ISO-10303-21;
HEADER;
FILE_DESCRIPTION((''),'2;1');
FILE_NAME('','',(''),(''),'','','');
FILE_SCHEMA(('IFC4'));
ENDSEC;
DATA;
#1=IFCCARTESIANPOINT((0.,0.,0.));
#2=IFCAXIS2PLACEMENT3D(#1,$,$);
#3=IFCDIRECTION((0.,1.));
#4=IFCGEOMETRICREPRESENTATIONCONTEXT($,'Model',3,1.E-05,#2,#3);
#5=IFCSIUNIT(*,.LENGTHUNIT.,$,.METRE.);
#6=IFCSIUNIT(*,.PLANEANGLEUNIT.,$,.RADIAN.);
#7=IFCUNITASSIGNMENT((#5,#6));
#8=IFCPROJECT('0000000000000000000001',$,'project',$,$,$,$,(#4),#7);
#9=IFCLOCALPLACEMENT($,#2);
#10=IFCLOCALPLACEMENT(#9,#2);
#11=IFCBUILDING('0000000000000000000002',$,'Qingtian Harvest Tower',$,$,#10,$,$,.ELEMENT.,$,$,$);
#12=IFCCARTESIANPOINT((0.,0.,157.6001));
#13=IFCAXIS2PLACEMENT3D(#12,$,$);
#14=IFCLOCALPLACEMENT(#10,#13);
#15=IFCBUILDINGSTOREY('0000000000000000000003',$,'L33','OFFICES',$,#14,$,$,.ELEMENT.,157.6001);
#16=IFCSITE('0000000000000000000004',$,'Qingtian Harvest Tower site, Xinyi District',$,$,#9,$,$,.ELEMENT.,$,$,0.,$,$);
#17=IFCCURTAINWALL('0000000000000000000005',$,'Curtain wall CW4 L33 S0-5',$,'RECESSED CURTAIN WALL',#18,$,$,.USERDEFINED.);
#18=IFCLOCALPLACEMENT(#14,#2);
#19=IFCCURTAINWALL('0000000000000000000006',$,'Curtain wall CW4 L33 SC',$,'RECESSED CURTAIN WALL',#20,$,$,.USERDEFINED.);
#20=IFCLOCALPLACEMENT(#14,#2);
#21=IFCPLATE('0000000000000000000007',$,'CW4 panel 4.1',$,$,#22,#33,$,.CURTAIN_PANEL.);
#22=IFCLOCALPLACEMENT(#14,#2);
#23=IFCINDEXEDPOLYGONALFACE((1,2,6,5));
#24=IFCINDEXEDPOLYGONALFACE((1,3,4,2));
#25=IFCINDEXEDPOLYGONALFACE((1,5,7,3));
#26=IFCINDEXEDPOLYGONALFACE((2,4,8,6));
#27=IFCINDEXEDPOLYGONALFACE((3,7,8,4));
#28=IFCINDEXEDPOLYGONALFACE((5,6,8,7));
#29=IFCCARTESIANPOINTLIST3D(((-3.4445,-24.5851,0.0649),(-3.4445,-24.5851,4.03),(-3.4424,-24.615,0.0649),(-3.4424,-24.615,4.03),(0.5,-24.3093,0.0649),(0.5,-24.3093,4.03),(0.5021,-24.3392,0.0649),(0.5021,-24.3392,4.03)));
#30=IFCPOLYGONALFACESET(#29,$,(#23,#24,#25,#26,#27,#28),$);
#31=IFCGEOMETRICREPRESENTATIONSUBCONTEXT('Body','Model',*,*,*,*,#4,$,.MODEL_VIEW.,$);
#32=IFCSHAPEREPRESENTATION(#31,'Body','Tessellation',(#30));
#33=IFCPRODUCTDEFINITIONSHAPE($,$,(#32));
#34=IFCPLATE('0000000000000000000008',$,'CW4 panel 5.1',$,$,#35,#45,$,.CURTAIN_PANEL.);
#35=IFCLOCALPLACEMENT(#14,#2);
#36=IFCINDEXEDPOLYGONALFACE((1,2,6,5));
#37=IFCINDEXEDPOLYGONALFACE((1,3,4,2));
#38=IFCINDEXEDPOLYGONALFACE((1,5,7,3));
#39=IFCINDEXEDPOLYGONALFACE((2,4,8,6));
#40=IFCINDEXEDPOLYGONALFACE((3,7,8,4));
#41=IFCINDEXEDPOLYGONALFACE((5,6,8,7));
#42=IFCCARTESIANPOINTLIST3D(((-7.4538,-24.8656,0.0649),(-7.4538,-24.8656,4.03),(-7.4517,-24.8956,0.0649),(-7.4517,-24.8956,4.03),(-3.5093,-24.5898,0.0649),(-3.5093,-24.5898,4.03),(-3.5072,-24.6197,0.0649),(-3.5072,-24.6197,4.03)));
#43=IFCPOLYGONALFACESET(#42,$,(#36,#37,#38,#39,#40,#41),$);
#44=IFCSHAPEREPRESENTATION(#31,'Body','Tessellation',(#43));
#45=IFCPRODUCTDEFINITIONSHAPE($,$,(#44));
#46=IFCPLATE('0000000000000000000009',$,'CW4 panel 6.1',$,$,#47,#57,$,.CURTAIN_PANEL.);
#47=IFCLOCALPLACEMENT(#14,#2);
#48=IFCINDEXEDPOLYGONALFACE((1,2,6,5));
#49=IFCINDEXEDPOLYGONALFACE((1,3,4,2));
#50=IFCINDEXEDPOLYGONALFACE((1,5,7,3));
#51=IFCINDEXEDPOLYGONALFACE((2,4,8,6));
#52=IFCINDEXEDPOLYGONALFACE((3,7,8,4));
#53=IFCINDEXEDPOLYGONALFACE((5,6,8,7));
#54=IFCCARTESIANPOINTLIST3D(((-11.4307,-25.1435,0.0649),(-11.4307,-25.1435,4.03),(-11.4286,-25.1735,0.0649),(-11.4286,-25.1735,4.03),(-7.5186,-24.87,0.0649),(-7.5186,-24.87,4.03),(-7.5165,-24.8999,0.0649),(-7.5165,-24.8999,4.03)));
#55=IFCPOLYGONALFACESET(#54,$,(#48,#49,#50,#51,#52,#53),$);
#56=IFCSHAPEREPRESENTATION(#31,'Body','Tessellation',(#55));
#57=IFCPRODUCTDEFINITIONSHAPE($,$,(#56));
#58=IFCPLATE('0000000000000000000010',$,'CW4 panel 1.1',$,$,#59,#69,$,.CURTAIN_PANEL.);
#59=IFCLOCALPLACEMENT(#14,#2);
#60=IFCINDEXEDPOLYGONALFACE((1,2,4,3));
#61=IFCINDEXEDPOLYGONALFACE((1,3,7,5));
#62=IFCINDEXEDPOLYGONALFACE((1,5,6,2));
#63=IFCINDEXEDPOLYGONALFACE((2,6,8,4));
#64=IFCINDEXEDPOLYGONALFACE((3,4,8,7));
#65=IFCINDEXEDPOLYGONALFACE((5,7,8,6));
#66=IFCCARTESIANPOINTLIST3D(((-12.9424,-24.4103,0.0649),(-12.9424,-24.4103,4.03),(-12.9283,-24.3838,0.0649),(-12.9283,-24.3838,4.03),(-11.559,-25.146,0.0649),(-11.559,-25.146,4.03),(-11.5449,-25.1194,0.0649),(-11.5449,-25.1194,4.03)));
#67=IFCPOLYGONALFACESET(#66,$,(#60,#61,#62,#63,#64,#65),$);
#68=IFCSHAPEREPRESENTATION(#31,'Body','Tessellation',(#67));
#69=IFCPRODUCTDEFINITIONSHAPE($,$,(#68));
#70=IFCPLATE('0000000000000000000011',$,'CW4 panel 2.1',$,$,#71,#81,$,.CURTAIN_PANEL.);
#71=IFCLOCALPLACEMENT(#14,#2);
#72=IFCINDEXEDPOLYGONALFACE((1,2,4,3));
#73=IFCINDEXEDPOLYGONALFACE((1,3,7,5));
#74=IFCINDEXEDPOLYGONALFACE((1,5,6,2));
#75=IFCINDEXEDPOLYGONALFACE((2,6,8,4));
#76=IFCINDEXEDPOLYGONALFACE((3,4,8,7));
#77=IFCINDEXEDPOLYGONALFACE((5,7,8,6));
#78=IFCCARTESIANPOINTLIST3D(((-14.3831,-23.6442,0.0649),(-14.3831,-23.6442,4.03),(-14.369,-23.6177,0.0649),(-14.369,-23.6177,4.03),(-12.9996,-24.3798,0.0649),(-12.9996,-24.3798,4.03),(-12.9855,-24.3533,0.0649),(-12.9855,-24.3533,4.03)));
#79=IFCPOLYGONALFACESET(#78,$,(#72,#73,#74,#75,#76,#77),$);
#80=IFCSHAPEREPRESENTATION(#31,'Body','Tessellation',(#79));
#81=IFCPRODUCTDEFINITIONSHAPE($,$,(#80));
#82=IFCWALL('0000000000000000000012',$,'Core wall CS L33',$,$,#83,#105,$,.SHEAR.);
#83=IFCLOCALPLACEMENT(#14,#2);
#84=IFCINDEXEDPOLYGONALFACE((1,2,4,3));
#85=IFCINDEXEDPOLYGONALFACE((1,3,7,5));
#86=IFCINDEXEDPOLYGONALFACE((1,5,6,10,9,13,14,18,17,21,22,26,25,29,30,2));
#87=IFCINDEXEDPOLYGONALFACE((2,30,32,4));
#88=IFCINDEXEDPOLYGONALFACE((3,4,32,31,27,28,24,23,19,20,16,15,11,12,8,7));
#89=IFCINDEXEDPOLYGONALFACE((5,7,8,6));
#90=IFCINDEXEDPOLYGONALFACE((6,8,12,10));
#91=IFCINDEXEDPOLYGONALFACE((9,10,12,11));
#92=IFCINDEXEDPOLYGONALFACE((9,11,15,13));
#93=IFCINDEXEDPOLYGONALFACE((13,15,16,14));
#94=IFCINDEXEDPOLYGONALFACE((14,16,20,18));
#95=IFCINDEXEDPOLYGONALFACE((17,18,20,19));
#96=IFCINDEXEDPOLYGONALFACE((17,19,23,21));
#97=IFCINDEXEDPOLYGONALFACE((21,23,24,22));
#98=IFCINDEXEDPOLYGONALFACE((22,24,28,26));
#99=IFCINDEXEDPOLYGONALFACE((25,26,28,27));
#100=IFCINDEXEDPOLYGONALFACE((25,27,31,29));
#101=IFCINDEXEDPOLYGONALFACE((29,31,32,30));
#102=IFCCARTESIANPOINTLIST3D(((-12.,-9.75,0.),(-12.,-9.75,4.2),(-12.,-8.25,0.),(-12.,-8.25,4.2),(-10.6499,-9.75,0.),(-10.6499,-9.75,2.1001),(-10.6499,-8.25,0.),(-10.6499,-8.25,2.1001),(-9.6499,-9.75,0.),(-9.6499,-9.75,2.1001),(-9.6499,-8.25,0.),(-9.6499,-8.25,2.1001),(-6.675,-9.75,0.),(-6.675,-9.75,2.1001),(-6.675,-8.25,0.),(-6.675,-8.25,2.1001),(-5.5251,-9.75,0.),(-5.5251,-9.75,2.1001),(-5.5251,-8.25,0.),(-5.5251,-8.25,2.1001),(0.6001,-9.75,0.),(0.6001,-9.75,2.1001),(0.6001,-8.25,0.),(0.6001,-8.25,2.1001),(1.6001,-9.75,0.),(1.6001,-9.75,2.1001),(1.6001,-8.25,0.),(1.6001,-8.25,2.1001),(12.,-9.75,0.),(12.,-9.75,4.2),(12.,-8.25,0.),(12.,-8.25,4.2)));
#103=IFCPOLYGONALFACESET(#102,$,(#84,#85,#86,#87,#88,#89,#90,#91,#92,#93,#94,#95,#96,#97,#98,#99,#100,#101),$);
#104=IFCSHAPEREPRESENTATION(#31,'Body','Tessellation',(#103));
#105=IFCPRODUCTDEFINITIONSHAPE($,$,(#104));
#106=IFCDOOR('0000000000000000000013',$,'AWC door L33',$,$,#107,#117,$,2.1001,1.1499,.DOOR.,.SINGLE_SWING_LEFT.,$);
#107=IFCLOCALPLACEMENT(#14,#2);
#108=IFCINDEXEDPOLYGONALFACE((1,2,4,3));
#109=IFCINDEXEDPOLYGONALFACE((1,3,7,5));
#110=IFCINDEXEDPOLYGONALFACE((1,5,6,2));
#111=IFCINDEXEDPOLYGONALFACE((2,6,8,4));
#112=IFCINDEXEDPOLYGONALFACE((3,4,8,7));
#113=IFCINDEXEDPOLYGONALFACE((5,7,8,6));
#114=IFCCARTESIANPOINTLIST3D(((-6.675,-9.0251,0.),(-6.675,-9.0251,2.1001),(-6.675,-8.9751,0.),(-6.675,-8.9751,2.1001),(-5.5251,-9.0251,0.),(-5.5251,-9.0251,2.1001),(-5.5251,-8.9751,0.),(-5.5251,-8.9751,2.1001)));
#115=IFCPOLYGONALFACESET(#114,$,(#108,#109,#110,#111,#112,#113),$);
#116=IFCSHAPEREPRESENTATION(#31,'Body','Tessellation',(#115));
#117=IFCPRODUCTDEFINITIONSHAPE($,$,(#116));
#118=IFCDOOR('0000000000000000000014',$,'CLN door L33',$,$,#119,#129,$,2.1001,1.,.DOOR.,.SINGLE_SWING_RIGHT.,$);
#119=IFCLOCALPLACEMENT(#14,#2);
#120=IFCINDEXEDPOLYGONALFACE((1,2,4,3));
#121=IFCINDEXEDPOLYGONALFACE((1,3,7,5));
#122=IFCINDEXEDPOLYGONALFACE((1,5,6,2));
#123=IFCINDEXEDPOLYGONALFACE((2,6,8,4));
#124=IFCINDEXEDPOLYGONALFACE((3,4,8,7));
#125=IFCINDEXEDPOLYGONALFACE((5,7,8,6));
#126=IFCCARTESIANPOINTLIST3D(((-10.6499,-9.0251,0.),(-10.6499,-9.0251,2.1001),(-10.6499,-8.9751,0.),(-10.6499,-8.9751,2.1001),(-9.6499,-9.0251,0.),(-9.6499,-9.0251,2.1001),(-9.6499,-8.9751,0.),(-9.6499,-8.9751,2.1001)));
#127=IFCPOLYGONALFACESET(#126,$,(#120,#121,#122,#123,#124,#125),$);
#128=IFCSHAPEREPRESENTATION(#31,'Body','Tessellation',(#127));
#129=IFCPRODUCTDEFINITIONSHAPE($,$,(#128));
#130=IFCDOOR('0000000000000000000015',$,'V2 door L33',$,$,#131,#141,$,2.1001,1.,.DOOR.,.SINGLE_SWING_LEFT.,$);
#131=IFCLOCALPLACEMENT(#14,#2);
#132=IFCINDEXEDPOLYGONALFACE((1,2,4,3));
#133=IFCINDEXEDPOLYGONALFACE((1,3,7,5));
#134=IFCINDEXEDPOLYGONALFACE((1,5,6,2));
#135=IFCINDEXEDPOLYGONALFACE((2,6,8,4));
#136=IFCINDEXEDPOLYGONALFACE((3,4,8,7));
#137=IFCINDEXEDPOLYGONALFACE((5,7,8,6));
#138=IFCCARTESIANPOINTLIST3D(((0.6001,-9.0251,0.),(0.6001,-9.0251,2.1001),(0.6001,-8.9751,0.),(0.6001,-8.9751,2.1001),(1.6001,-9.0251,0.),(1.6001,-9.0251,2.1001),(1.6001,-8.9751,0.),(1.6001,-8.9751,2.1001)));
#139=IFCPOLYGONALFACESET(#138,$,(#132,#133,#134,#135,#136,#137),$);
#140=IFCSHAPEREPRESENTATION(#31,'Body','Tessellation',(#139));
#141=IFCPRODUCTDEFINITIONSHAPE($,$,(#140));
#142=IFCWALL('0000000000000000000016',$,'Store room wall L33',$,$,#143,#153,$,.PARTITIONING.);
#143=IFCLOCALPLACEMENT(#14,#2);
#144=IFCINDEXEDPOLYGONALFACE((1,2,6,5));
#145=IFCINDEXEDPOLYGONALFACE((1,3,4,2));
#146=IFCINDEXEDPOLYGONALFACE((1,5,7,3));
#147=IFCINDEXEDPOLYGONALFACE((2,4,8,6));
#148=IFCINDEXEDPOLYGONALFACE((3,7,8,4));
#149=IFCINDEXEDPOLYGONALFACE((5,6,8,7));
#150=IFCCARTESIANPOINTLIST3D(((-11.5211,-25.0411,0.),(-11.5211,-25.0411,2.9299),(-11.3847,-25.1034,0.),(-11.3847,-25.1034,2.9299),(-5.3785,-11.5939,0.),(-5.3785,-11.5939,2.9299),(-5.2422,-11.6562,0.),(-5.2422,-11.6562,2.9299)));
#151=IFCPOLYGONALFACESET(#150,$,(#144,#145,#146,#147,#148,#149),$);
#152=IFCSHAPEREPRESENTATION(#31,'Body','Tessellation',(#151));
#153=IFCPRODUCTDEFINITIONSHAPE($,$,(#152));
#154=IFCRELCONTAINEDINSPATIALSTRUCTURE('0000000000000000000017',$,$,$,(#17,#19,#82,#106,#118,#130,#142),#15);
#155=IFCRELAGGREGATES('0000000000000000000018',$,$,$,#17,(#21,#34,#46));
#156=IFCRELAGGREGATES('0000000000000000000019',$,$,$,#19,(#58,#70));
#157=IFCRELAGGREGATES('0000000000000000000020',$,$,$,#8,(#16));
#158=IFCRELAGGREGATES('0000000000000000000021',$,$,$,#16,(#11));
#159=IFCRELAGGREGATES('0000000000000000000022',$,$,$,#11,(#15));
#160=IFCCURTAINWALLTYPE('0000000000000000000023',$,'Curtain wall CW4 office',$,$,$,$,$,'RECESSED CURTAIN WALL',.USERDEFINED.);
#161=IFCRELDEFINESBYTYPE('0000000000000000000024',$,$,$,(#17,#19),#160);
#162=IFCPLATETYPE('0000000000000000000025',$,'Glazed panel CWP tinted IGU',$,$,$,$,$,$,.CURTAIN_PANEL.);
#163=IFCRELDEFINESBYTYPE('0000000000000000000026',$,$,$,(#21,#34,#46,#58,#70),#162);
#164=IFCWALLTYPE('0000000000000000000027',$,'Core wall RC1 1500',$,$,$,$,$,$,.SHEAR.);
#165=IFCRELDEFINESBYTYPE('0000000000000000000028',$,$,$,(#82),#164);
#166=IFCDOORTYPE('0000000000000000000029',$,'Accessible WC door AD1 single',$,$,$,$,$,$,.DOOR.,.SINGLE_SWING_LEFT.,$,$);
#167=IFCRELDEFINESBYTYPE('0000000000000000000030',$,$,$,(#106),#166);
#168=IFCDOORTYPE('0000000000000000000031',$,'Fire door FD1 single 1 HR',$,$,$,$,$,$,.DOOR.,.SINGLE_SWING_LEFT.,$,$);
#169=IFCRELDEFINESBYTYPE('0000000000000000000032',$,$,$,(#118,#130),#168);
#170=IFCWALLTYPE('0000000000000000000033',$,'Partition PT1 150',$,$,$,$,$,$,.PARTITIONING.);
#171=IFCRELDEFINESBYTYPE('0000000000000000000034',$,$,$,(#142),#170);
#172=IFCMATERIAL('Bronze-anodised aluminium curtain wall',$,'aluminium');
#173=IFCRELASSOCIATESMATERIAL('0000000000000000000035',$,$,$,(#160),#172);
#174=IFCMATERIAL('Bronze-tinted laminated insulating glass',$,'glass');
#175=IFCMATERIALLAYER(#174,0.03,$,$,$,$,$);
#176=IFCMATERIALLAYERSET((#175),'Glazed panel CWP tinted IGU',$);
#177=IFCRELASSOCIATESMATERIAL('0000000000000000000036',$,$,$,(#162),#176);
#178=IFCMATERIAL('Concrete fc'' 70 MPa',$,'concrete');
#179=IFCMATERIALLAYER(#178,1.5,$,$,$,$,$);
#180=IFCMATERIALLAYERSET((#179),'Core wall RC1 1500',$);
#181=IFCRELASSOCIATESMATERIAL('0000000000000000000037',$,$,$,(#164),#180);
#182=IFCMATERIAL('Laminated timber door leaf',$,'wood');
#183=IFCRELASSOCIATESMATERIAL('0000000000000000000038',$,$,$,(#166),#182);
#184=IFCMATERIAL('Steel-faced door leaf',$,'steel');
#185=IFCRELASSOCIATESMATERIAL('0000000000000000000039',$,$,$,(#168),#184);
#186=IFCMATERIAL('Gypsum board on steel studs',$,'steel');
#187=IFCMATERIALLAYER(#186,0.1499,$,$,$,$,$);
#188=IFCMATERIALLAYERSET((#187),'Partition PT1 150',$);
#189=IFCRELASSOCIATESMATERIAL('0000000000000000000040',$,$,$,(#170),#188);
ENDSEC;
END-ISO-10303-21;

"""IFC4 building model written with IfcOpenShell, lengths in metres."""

from ifc_helpers import new_model, si_unit, direction, frame, frame_2d, origin, origin_2d, place, context, subcontext, project, spatial, rectangle, extrude, material, layer, layer_set, type_object, element, fill, aggregate, save


model = new_model("IFC4")

# Units and contexts
model_context = context("Model", 3, precision=1e-05, world=origin(), true_north=direction((0.0, 1.0)))
body_context = subcontext(model_context, "Body", "Model", "MODEL_VIEW")
ifc_project = project(units=[si_unit("LENGTHUNIT", "METRE"), si_unit("PLANEANGLEUNIT", "RADIAN")], contexts=[model_context])

# Site, building, storey
site_placement = place(None, origin())
site = spatial("IfcSite", under=ifc_project, at=site_placement, Name="Qingtian Harvest Tower site, Xinyi District", CompositionType="ELEMENT", RefElevation=0.0)
building_placement = place(site_placement, origin())
building = spatial("IfcBuilding", under=site, at=building_placement, Name="Qingtian Harvest Tower", CompositionType="ELEMENT")
storey_placement = place(building_placement, frame((0.0, 0.0, 157.6001)))
storey = spatial("IfcBuildingStorey", under=building, at=storey_placement, Name="L33", Description="OFFICES", CompositionType="ELEMENT", Elevation=157.6001)

# Curtain walls
ifc_material_1 = material(Name="Bronze-anodised aluminium curtain wall", Category="aluminium")
curtain_wall_type = type_object("IfcCurtainWallType", Name="Curtain wall CW4 office", ElementType="RECESSED CURTAIN WALL", PredefinedType="USERDEFINED", material=ifc_material_1)
curtain_wall_1_placement = place(storey_placement, origin())
curtain_wall_1 = element("IfcCurtainWall", 1, at=curtain_wall_1_placement, inside=storey, type_object=curtain_wall_type, Name="Curtain wall CW4 L33 S0-5", ObjectType="RECESSED CURTAIN WALL", PredefinedType="USERDEFINED")
curtain_wall_2_placement = place(storey_placement, origin())
curtain_wall_2 = element("IfcCurtainWall", 2, at=curtain_wall_2_placement, inside=storey, type_object=curtain_wall_type, Name="Curtain wall CW4 L33 SC", ObjectType="RECESSED CURTAIN WALL", PredefinedType="USERDEFINED")

# Plates
ifc_material_2 = material(Name="Bronze-tinted laminated insulating glass", Category="glass")
ifc_layer_1 = layer(ifc_material_2, 0.03)
ifc_layer_set_1 = layer_set([ifc_layer_1], Name="Glazed panel CWP tinted IGU")
plate_type = type_object("IfcPlateType", Name="Glazed panel CWP tinted IGU", PredefinedType="CURTAIN_PANEL", material=ifc_layer_set_1)
plate_1_placement = place(storey_placement, frame((-1.4712, -24.4622, 0.0649), z_axis=(0.0, 0.0, 1.0), x_axis=(-0.997564, -0.069756, 0.0)))
plate_1 = element("IfcPlate", 3, at=plate_1_placement, type_object=plate_type, Name="CW4 panel 4.1", PredefinedType="CURTAIN_PANEL", context=body_context, shape_type="SweptSolid", body=[
    extrude(rectangle(XDim=3.9541, YDim=0.03, at=origin_2d()), origin(), (0.0, 0.0, 1.0), 3.9651),
])
plate_2_placement = place(storey_placement, frame((-5.4805, -24.7427, 0.0649), z_axis=(0.0, 0.0, 1.0), x_axis=(-0.997564, -0.069756, 0.0)))
plate_2 = element("IfcPlate", 4, at=plate_2_placement, type_object=plate_type, Name="CW4 panel 5.1", PredefinedType="CURTAIN_PANEL", context=body_context, shape_type="SweptSolid", body=[
    extrude(rectangle(XDim=3.9541, YDim=0.03, at=origin_2d()), origin(), (0.0, 0.0, 1.0), 3.9651),
])
plate_3_placement = place(storey_placement, frame((-9.4736, -25.0217, 0.0649), z_axis=(0.0, 0.0, 1.0), x_axis=(-0.997564, -0.069756, 0.0)))
plate_3 = element("IfcPlate", 5, at=plate_3_placement, type_object=plate_type, Name="CW4 panel 6.1", PredefinedType="CURTAIN_PANEL", context=body_context, shape_type="SweptSolid", body=[
    extrude(rectangle(XDim=3.9216, YDim=0.03, at=origin_2d()), origin(), (0.0, 0.0, 1.0), 3.9651),
])
aggregate(curtain_wall_1, [plate_1, plate_2, plate_3])
plate_4_placement = place(storey_placement, frame((-12.2437, -24.7649, 0.0649), z_axis=(0.0, 0.0, 1.0), x_axis=(-0.882948, 0.469472, 0.0)))
plate_4 = element("IfcPlate", 6, at=plate_4_placement, type_object=plate_type, Name="CW4 panel 1.1", PredefinedType="CURTAIN_PANEL", context=body_context, shape_type="SweptSolid", body=[
    extrude(rectangle(XDim=1.5669, YDim=0.03, at=origin_2d()), origin(), (0.0, 0.0, 1.0), 3.9651),
])
plate_5_placement = place(storey_placement, frame((-13.6843, -23.9988, 0.0649), z_axis=(0.0, 0.0, 1.0), x_axis=(-0.882948, 0.469472, 0.0)))
plate_5 = element("IfcPlate", 7, at=plate_5_placement, type_object=plate_type, Name="CW4 panel 2.1", PredefinedType="CURTAIN_PANEL", context=body_context, shape_type="SweptSolid", body=[
    extrude(rectangle(XDim=1.5669, YDim=0.03, at=origin_2d()), origin(), (0.0, 0.0, 1.0), 3.9651),
])
aggregate(curtain_wall_2, [plate_4, plate_5])

# Wall, openings, doors
ifc_material_3 = material(Name="Concrete fc' 70 MPa", Category="concrete")
ifc_layer_2 = layer(ifc_material_3, 1.5)
ifc_layer_set_2 = layer_set([ifc_layer_2], Name="Core wall RC1 1500")
wall_type_1 = type_object("IfcWallType", Name="Core wall RC1 1500", PredefinedType="SHEAR", material=ifc_layer_set_2)
wall_1_placement = place(storey_placement, frame((-12.0, -9.0, 0.0), z_axis=(0.0, 0.0, 1.0), x_axis=(1.0, 0.0, 0.0)))
wall_1 = element("IfcWall", 8, at=wall_1_placement, inside=storey, type_object=wall_type_1, Name="Core wall CS L33", PredefinedType="SHEAR", context=body_context, shape_type="SweptSolid", body=[
    extrude(rectangle(XDim=24.0, YDim=1.5, at=frame_2d((12.0, 0.0))), origin(), (0.0, 0.0, 1.0), 4.2),
])
opening_1_placement = place(wall_1_placement, frame((1.3501, 0.0, 0.0)))
opening_1 = element("IfcOpeningElement", 9, at=opening_1_placement, cuts=wall_1, PredefinedType="OPENING", context=body_context, shape_type="SweptSolid", body=[
    extrude(rectangle(XDim=1.0, YDim=2.1001, at=frame_2d((0.5, 1.05))), frame((0.0, 0.76, 0.0), z_axis=(0.0, -1.0, 0.0), x_axis=(1.0, 0.0, 0.0)), (0.0, 0.0, 1.0), 1.52),
])
opening_2_placement = place(wall_1_placement, frame((5.325, 0.0, 0.0)))
opening_2 = element("IfcOpeningElement", 10, at=opening_2_placement, cuts=wall_1, PredefinedType="OPENING", context=body_context, shape_type="SweptSolid", body=[
    extrude(rectangle(XDim=1.1499, YDim=2.1001, at=frame_2d((0.575, 1.05))), frame((0.0, 0.76, 0.0), z_axis=(0.0, -1.0, 0.0), x_axis=(1.0, 0.0, 0.0)), (0.0, 0.0, 1.0), 1.52),
])
opening_3_placement = place(wall_1_placement, frame((12.6001, 0.0, 0.0)))
opening_3 = element("IfcOpeningElement", 11, at=opening_3_placement, cuts=wall_1, PredefinedType="OPENING", context=body_context, shape_type="SweptSolid", body=[
    extrude(rectangle(XDim=1.0, YDim=2.1001, at=frame_2d((0.5, 1.05))), frame((0.0, 0.76, 0.0), z_axis=(0.0, -1.0, 0.0), x_axis=(1.0, 0.0, 0.0)), (0.0, 0.0, 1.0), 1.52),
])
ifc_material_4 = material(Name="Laminated timber door leaf", Category="wood")
door_type_1 = type_object("IfcDoorType", Name="Accessible WC door AD1 single", OperationType="SINGLE_SWING_LEFT", PredefinedType="DOOR", material=ifc_material_4)
door_1_placement = place(opening_2_placement, origin())
door_1 = element("IfcDoor", 12, at=door_1_placement, inside=storey, type_object=door_type_1, Name="AWC door L33", OperationType="SINGLE_SWING_LEFT", OverallHeight=2.1001, OverallWidth=1.1499, PredefinedType="DOOR", context=body_context, shape_type="SweptSolid", body=[
    extrude(rectangle(XDim=1.1499, YDim=2.1001, at=frame_2d((0.575, 1.05))), frame((0.0, 0.0249, 0.0), z_axis=(0.0, -1.0, 0.0), x_axis=(1.0, 0.0, 0.0)), (0.0, 0.0, 1.0), 0.05),
])
fill(opening_2, door_1)
ifc_material_5 = material(Name="Steel-faced door leaf", Category="steel")
door_type_2 = type_object("IfcDoorType", Name="Fire door FD1 single 1 HR", OperationType="SINGLE_SWING_LEFT", PredefinedType="DOOR", material=ifc_material_5)
door_2_placement = place(opening_1_placement, origin())
door_2 = element("IfcDoor", 13, at=door_2_placement, inside=storey, type_object=door_type_2, Name="CLN door L33", OperationType="SINGLE_SWING_RIGHT", OverallHeight=2.1001, OverallWidth=1.0, PredefinedType="DOOR", context=body_context, shape_type="SweptSolid", body=[
    extrude(rectangle(XDim=1.0, YDim=2.1001, at=frame_2d((0.5, 1.05))), frame((0.0, 0.0249, 0.0), z_axis=(0.0, -1.0, 0.0), x_axis=(1.0, 0.0, 0.0)), (0.0, 0.0, 1.0), 0.05),
])
fill(opening_1, door_2)
door_3_placement = place(opening_3_placement, origin())
door_3 = element("IfcDoor", 14, at=door_3_placement, inside=storey, type_object=door_type_2, Name="V2 door L33", OperationType="SINGLE_SWING_LEFT", OverallHeight=2.1001, OverallWidth=1.0, PredefinedType="DOOR", context=body_context, shape_type="SweptSolid", body=[
    extrude(rectangle(XDim=1.0, YDim=2.1001, at=frame_2d((0.5, 1.05))), frame((0.0, 0.0249, 0.0), z_axis=(0.0, -1.0, 0.0), x_axis=(1.0, 0.0, 0.0)), (0.0, 0.0, 1.0), 0.05),
])
fill(opening_3, door_3)

# Wall
ifc_material_6 = material(Name="Gypsum board on steel studs", Category="steel")
ifc_layer_3 = layer(ifc_material_6, 0.1499)
ifc_layer_set_3 = layer_set([ifc_layer_3], Name="Partition PT1 150")
wall_type_2 = type_object("IfcWallType", Name="Partition PT1 150", PredefinedType="PARTITIONING", material=ifc_layer_set_3)
wall_2_placement = place(storey_placement, frame((-11.4529, -25.0723, 0.0), z_axis=(0.0, 0.0, 1.0), x_axis=(0.415494, 0.909596, 0.0)))
element("IfcWall", 15, at=wall_2_placement, inside=storey, type_object=wall_type_2, Name="Store room wall L33", PredefinedType="PARTITIONING", context=body_context, shape_type="SweptSolid", body=[
    extrude(rectangle(XDim=14.7837, YDim=0.1499, at=frame_2d((7.3918, 0.0))), origin(), (0.0, 0.0, 1.0), 2.9299),
])

save(model, "model.ifc")
